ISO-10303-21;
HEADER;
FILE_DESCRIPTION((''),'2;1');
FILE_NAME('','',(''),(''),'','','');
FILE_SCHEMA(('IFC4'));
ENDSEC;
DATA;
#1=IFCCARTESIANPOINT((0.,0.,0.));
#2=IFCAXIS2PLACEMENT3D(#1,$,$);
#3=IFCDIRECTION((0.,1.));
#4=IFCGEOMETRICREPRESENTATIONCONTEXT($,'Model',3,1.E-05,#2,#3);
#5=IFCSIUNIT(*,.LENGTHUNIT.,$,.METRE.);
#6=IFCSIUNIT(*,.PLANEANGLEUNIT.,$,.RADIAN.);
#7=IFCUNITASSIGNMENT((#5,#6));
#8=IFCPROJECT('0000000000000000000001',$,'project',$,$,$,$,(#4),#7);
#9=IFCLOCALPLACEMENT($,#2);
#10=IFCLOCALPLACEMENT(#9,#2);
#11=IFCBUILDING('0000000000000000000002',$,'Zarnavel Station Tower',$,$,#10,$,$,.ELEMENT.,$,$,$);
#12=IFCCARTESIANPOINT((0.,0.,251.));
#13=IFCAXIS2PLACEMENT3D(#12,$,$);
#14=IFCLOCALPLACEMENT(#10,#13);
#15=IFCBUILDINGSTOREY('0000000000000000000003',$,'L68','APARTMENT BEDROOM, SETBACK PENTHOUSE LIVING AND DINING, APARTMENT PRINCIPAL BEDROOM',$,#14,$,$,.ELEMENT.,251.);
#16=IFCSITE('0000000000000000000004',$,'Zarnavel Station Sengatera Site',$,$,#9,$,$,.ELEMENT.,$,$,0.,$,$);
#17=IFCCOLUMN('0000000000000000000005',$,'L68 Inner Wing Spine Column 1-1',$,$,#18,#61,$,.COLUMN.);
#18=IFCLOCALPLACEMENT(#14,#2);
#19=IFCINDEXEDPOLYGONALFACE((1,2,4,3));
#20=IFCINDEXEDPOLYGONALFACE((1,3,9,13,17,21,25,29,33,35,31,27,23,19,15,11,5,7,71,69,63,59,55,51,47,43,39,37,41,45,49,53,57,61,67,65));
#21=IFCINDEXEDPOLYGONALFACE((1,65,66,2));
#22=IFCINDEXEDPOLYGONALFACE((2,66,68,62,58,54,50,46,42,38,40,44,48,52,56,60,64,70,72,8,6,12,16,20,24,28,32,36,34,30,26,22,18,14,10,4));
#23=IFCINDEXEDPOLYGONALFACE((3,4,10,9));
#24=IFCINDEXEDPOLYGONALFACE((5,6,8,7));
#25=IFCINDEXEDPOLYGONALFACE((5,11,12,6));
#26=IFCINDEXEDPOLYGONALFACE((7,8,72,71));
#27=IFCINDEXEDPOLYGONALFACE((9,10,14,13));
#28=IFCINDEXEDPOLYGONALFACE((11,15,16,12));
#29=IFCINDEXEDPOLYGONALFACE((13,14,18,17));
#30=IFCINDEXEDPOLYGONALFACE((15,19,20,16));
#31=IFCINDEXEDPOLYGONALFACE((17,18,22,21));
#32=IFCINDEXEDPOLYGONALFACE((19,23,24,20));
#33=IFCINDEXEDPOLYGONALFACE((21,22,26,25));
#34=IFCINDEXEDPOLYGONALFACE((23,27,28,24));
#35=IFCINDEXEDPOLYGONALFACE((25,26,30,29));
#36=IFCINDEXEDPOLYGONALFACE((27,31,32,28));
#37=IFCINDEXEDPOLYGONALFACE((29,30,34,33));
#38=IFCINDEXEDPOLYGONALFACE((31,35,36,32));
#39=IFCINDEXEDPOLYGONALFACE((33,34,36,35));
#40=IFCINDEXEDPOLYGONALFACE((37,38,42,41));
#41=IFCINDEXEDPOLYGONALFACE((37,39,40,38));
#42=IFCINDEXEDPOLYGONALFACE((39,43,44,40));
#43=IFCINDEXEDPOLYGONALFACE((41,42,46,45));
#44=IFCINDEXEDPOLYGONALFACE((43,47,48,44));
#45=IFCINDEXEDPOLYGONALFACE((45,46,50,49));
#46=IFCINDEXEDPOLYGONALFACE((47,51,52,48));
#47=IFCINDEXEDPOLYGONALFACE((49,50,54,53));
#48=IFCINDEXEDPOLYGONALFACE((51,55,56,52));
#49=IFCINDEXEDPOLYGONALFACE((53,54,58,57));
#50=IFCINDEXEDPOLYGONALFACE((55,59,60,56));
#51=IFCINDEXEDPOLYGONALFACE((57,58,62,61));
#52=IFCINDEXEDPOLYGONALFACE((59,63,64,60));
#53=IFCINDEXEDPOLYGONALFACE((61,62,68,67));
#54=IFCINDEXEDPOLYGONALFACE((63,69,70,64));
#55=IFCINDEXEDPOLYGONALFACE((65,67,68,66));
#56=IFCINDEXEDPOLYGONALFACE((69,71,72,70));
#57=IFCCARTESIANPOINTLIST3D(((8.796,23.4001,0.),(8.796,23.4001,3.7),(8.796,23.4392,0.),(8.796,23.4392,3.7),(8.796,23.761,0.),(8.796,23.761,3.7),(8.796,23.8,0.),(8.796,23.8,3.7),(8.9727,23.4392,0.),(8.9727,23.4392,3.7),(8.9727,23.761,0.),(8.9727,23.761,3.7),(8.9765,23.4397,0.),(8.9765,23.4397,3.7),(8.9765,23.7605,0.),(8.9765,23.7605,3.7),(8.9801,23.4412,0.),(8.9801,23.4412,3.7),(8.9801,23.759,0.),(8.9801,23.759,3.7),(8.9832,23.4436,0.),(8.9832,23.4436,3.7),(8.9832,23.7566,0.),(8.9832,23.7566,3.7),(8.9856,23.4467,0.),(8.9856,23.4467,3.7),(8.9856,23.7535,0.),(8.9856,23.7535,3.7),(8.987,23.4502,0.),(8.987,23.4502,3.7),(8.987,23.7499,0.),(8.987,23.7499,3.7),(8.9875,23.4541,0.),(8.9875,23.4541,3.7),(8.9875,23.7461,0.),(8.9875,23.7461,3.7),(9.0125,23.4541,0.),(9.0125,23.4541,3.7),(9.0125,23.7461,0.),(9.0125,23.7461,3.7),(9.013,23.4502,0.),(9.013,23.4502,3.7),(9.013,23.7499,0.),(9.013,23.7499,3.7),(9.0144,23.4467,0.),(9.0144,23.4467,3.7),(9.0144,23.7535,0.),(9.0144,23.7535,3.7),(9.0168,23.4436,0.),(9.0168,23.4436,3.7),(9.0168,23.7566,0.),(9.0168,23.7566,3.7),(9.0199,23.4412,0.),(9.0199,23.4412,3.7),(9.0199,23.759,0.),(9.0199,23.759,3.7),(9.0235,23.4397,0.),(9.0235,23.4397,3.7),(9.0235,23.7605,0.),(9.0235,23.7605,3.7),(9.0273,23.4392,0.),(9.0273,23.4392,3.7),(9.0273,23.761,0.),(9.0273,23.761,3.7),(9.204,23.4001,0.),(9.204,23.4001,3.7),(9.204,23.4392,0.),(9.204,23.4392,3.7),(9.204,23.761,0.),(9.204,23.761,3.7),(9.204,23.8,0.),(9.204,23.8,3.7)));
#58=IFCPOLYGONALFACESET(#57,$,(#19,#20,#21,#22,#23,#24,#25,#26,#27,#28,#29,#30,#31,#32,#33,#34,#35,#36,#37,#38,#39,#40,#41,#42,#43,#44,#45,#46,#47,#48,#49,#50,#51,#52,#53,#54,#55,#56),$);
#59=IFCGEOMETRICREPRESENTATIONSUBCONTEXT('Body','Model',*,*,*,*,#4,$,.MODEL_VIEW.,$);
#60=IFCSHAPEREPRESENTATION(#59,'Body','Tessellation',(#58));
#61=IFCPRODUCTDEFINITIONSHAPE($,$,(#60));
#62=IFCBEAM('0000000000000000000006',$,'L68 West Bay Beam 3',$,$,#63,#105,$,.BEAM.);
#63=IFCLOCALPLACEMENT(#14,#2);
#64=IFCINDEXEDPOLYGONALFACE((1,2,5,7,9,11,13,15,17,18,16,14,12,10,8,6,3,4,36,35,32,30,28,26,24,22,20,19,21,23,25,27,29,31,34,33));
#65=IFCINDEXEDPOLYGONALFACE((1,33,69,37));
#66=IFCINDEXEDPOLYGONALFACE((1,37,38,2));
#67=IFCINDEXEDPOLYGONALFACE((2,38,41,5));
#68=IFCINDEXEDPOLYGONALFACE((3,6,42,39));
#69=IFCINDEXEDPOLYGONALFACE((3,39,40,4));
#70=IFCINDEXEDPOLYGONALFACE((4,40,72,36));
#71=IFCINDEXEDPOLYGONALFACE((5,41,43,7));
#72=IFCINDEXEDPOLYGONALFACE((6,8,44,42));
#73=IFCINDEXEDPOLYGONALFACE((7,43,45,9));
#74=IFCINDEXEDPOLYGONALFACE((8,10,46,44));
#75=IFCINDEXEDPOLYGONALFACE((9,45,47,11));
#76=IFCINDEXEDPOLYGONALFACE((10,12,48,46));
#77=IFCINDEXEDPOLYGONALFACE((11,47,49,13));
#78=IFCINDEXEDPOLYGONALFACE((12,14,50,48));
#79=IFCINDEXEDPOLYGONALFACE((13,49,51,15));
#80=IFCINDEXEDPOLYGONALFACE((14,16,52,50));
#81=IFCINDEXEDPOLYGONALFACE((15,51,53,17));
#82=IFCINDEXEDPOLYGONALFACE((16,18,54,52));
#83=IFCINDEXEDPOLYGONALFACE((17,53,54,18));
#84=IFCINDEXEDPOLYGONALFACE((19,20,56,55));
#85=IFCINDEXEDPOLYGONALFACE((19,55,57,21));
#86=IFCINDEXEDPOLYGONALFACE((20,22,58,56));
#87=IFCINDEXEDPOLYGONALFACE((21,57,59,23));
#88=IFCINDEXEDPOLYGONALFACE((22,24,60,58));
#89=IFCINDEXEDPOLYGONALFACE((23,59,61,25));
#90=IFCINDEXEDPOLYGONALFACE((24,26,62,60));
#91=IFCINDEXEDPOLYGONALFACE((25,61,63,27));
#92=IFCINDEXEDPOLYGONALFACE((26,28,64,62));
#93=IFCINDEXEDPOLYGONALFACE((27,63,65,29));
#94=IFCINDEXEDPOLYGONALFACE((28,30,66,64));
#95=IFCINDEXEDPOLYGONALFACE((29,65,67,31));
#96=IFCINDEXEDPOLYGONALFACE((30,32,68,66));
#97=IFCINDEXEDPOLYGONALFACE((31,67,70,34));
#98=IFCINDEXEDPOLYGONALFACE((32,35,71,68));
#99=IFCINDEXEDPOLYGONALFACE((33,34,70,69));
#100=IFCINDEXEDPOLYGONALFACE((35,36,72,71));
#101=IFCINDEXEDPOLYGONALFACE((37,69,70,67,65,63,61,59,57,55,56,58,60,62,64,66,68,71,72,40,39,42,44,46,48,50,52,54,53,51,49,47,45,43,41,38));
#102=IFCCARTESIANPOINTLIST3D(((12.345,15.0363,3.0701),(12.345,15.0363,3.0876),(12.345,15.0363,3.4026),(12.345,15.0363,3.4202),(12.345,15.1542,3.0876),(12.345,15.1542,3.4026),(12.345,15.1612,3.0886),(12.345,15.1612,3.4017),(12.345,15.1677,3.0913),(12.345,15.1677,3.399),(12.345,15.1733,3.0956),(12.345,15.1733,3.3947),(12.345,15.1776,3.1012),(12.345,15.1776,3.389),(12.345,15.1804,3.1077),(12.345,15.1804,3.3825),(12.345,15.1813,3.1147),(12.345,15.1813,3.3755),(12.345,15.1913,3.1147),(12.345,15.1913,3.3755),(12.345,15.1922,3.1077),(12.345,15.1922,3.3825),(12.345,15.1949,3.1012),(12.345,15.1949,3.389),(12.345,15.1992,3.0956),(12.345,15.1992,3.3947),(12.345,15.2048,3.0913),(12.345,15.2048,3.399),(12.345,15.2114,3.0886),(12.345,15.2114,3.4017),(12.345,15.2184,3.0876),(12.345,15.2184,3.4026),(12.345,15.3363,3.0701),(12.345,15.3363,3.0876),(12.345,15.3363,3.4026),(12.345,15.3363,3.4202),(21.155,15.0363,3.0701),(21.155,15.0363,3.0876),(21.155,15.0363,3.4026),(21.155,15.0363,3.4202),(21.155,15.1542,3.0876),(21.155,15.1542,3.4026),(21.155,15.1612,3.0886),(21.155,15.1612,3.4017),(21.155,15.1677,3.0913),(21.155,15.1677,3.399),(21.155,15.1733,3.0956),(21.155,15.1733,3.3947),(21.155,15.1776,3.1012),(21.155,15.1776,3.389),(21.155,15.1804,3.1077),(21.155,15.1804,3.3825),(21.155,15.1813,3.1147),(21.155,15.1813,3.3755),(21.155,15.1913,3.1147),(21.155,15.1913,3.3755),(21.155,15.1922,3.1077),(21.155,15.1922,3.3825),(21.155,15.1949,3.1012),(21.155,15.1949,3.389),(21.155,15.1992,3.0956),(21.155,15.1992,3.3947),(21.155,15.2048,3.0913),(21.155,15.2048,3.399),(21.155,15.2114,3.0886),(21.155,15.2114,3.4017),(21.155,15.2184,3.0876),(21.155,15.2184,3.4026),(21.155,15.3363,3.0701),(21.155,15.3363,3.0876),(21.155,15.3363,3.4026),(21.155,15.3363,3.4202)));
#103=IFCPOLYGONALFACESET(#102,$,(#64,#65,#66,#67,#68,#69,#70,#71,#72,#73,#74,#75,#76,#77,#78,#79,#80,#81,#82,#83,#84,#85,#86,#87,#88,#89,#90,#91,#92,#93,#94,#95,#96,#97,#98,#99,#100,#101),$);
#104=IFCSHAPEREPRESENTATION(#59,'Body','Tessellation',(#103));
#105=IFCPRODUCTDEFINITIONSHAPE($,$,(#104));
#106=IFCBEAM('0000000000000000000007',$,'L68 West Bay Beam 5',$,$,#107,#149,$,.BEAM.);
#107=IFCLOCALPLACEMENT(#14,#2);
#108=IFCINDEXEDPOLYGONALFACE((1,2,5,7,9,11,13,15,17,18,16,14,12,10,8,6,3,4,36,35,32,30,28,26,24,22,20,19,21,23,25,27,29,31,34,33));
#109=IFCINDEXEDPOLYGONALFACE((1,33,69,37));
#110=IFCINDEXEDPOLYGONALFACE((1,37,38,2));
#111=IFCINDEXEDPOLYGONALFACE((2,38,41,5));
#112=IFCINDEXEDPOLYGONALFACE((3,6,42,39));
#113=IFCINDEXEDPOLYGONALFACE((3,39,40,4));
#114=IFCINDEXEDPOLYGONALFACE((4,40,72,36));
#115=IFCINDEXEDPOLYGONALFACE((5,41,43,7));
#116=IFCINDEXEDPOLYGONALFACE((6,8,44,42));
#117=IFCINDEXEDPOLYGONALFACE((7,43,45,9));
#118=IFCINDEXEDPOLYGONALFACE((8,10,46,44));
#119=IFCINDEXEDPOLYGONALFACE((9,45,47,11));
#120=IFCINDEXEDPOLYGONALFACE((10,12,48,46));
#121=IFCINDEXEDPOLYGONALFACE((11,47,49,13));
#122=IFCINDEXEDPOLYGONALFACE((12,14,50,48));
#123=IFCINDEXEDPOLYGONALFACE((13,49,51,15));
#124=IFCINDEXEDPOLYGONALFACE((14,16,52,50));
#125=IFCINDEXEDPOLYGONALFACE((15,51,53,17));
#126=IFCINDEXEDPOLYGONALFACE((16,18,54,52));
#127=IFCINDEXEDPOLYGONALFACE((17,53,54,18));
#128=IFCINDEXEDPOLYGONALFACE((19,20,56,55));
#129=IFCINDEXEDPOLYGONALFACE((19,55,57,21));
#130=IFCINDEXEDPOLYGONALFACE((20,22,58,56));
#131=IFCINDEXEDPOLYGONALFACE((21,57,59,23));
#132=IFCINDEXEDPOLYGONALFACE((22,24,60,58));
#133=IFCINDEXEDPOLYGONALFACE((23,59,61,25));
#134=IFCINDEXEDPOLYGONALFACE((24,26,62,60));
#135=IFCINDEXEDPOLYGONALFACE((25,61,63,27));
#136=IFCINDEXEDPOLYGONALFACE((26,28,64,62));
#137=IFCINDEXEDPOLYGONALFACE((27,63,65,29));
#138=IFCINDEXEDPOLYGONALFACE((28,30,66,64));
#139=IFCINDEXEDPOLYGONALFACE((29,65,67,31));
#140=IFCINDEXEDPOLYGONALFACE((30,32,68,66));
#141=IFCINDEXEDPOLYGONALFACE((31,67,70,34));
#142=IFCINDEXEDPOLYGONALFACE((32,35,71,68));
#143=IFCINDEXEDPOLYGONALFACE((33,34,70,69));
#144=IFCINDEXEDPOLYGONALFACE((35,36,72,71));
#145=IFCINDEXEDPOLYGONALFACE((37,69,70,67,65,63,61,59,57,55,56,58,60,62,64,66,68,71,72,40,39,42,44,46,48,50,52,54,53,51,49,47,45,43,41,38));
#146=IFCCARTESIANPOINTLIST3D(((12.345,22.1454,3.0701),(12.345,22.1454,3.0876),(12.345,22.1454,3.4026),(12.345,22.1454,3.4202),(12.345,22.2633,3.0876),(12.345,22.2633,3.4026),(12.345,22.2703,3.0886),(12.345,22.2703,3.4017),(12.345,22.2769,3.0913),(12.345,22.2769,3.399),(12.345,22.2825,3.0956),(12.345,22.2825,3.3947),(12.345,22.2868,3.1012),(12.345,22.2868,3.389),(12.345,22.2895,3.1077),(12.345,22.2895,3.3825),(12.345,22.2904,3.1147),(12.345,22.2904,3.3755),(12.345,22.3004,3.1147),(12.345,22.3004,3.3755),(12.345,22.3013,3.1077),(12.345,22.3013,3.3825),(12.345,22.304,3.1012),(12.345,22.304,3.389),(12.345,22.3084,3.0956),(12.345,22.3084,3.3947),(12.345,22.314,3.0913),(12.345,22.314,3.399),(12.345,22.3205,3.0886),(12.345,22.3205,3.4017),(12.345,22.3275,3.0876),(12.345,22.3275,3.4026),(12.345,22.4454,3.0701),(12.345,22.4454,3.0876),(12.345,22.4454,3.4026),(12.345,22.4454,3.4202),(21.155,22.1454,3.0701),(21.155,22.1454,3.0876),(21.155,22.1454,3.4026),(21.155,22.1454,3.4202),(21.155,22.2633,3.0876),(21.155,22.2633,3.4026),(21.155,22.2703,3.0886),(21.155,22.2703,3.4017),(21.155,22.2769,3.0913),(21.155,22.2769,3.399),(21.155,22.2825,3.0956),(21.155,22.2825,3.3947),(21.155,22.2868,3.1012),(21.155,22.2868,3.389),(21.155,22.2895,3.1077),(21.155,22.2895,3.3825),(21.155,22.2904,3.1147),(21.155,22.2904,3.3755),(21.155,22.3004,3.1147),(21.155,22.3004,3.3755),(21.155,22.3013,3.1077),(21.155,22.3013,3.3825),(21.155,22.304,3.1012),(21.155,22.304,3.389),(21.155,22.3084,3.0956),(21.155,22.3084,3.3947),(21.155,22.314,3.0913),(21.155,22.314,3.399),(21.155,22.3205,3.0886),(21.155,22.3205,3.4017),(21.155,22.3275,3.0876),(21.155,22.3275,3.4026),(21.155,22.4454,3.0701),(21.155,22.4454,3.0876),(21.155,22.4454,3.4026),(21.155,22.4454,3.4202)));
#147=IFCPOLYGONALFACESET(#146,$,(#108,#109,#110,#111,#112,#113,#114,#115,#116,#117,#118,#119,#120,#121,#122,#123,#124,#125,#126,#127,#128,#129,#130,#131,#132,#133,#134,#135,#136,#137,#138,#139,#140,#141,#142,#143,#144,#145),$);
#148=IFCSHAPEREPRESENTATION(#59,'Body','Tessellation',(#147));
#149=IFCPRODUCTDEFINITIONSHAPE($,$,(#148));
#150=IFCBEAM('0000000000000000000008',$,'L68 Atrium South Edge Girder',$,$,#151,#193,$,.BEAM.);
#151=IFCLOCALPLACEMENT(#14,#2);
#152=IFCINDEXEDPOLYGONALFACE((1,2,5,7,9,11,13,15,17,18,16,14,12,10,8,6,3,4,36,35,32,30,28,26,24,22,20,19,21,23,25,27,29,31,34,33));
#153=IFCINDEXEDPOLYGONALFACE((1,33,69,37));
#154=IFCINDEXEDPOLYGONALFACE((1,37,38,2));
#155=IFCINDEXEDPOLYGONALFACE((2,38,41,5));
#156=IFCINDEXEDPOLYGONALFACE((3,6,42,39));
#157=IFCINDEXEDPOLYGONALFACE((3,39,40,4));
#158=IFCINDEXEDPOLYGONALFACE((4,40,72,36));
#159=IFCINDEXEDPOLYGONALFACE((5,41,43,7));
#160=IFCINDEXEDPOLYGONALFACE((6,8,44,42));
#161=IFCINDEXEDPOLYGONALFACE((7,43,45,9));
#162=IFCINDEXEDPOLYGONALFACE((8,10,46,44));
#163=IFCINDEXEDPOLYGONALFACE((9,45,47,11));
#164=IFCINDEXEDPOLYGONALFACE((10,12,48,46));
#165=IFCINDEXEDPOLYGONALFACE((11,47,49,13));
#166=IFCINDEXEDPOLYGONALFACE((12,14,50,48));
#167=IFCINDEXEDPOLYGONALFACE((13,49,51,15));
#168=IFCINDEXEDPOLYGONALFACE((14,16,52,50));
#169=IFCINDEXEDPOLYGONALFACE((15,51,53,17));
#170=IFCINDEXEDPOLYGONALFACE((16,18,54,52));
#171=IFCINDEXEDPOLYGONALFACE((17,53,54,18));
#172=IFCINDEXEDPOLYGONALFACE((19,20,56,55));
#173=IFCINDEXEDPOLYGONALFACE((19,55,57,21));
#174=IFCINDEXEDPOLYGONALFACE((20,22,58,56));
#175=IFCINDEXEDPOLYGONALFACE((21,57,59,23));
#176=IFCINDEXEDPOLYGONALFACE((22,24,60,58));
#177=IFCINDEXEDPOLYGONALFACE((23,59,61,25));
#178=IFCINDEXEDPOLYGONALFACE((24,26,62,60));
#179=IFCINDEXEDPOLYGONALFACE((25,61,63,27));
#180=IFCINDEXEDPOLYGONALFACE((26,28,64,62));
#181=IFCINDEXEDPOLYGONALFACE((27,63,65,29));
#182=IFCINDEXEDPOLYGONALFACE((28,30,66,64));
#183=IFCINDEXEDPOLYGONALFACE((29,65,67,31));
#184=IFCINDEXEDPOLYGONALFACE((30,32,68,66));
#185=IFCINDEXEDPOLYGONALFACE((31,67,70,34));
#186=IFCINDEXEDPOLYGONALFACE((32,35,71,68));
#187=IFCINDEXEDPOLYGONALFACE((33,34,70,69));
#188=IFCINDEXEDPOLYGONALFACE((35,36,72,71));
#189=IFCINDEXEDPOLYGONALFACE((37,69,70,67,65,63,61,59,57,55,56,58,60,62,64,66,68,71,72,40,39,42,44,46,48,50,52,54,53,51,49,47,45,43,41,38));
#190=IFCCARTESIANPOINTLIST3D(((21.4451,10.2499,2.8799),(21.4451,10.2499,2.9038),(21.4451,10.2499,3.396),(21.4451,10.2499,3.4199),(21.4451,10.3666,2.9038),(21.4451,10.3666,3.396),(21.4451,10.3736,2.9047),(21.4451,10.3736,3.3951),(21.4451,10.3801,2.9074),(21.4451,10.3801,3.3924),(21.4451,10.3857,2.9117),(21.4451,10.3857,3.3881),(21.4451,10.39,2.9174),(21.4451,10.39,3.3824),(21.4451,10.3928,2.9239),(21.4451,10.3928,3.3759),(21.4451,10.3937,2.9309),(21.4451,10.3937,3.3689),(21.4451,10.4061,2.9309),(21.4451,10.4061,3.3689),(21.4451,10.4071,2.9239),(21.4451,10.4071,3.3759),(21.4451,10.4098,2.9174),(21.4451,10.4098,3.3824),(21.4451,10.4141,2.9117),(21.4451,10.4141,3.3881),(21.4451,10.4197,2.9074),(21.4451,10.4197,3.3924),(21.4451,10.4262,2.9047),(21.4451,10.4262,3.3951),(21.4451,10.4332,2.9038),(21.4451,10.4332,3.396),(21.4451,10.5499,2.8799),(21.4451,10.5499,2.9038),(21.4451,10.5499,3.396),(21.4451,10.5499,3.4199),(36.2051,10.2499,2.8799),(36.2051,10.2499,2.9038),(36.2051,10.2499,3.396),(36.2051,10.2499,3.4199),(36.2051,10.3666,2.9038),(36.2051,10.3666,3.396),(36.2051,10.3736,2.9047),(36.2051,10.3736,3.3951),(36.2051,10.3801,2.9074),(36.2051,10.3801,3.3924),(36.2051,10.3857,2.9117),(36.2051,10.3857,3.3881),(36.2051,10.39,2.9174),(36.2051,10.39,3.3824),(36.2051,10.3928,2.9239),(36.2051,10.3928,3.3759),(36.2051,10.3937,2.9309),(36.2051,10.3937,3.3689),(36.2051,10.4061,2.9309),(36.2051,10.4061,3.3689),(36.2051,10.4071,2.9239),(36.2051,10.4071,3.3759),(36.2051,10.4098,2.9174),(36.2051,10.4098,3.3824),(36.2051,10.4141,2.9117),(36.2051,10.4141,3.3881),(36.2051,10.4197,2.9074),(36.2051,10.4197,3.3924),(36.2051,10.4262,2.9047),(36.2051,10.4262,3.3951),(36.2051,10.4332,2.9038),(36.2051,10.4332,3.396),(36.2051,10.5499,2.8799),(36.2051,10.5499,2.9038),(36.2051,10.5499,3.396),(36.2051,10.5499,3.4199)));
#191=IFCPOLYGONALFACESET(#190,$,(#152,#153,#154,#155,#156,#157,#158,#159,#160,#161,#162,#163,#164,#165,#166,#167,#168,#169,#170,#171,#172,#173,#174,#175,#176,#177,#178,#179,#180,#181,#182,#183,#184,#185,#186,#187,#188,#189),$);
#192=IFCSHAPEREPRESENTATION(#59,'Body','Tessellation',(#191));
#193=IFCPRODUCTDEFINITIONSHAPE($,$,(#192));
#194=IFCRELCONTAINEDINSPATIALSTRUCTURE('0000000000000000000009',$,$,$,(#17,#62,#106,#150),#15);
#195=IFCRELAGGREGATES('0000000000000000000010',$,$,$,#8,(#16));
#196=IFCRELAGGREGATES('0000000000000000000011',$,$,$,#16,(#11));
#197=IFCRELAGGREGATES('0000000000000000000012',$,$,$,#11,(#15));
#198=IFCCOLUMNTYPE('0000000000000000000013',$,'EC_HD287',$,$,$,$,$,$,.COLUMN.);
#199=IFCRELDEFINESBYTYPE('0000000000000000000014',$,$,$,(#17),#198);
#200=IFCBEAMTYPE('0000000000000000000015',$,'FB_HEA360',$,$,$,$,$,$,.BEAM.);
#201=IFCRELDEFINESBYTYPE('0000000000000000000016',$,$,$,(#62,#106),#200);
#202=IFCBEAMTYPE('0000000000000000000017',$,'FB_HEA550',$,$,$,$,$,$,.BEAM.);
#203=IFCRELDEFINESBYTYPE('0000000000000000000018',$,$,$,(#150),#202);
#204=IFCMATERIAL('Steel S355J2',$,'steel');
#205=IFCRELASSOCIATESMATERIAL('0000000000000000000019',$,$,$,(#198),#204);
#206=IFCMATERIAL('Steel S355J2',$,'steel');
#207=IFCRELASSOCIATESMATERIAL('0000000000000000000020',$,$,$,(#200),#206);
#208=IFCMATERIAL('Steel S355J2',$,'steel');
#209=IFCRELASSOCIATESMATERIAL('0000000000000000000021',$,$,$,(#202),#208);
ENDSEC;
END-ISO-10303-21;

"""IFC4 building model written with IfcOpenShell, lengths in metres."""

from ifc_helpers import new_model, si_unit, direction, frame, origin, origin_2d, place, context, subcontext, project, spatial, i_section, extrude, material, material_profile, profile_set, type_object, element, save


model = new_model("IFC4")

# Units and contexts
model_context = context("Model", 3, precision=1e-05, world=origin(), true_north=direction((0.0, 1.0)))
body_context = subcontext(model_context, "Body", "Model", "MODEL_VIEW")
ifc_project = project(units=[si_unit("LENGTHUNIT", "METRE"), si_unit("PLANEANGLEUNIT", "RADIAN")], contexts=[model_context])

# Site, building, storey
site_placement = place(None, origin())
site = spatial("IfcSite", under=ifc_project, at=site_placement, Name="Zarnavel Station Sengatera Site", CompositionType="ELEMENT", RefElevation=0.0)
building_placement = place(site_placement, origin())
building = spatial("IfcBuilding", under=site, at=building_placement, Name="Zarnavel Station Tower", CompositionType="ELEMENT")
storey_placement = place(building_placement, frame((0.0, 0.0, 251.0)))
storey = spatial("IfcBuildingStorey", under=building, at=storey_placement, Name="L68", Description="APARTMENT BEDROOM, SETBACK PENTHOUSE LIVING AND DINING, APARTMENT PRINCIPAL BEDROOM", CompositionType="ELEMENT", Elevation=251.0)

# Column
ifc_material_1 = material(Name="Steel S355J2", Category="steel")
ifc_material_profile_1 = material_profile(ifc_material_1, i_section(OverallWidth=0.408, OverallDepth=0.3999, WebThickness=0.0249, FlangeThickness=0.0391, FilletRadius=0.0149, at=origin_2d()), Name="HD400x287")
ifc_profile_set_1 = profile_set([ifc_material_profile_1], Name="Steel S355J2")
column_type = type_object("IfcColumnType", Name="EC_HD287", PredefinedType="COLUMN", material=ifc_profile_set_1)
column_placement = place(storey_placement, frame((9.0, 23.6001, 0.0), z_axis=(0.0, 0.0, 1.0), x_axis=(1.0, 0.0, 0.0)))
element("IfcColumn", 1, at=column_placement, inside=storey, type_object=column_type, Name="L68 Inner Wing Spine Column 1-1", PredefinedType="COLUMN", context=body_context, shape_type="SweptSolid", body=[
    extrude(i_section(OverallWidth=0.408, OverallDepth=0.3999, WebThickness=0.0249, FlangeThickness=0.0391, FilletRadius=0.0149, at=origin_2d()), origin(), (0.0, 0.0, 1.0), 3.7),
])

# Beams
ifc_material_2 = material(Name="Steel S355J2", Category="steel")
ifc_material_profile_2 = material_profile(ifc_material_2, i_section(OverallWidth=0.3, OverallDepth=0.3501, WebThickness=0.01, FlangeThickness=0.0176, FilletRadius=0.0271, at=origin_2d()), Name="HEA360")
ifc_profile_set_2 = profile_set([ifc_material_profile_2], Name="Steel S355J2")
beam_type_1 = type_object("IfcBeamType", Name="FB_HEA360", PredefinedType="BEAM", material=ifc_profile_set_2)
for number, where, z_axis, x_axis, name in (
    (2, (12.345, 15.1863, 3.2451), (1.0, 0.0, 0.0), (0.0, 1.0, 0.0), "L68 West Bay Beam 3"),
    (3, (12.345, 22.2954, 3.2451), (1.0, 0.0, 0.0), (0.0, 1.0, 0.0), "L68 West Bay Beam 5"),
):
    element("IfcBeam", number, at=place(storey_placement, frame(where, z_axis=z_axis, x_axis=x_axis)), inside=storey, type_object=beam_type_1, Name=name, PredefinedType="BEAM", context=body_context, shape_type="SweptSolid", body=[
        extrude(i_section(OverallWidth=0.3, OverallDepth=0.3501, WebThickness=0.01, FlangeThickness=0.0176, FilletRadius=0.0271, at=origin_2d()), origin(), (0.0, 0.0, 1.0), 8.8101),
    ])
ifc_material_3 = material(Name="Steel S355J2", Category="steel")
ifc_material_profile_3 = material_profile(ifc_material_3, i_section(OverallWidth=0.3, OverallDepth=0.54, WebThickness=0.0125, FlangeThickness=0.0239, FilletRadius=0.0271, at=origin_2d()), Name="HEA550")
ifc_profile_set_3 = profile_set([ifc_material_profile_3], Name="Steel S355J2")
beam_type_2 = type_object("IfcBeamType", Name="FB_HEA550", PredefinedType="BEAM", material=ifc_profile_set_3)
beam_1_placement = place(storey_placement, frame((21.4451, 10.3999, 3.1499), z_axis=(1.0, 0.0, 0.0), x_axis=(0.0, 1.0, 0.0)))
element("IfcBeam", 4, at=beam_1_placement, inside=storey, type_object=beam_type_2, Name="L68 Atrium South Edge Girder", PredefinedType="BEAM", context=body_context, shape_type="SweptSolid", body=[
    extrude(i_section(OverallWidth=0.3, OverallDepth=0.54, WebThickness=0.0125, FlangeThickness=0.0239, FilletRadius=0.0271, at=origin_2d()), origin(), (0.0, 0.0, 1.0), 14.76),
])

save(model, "model.ifc")
